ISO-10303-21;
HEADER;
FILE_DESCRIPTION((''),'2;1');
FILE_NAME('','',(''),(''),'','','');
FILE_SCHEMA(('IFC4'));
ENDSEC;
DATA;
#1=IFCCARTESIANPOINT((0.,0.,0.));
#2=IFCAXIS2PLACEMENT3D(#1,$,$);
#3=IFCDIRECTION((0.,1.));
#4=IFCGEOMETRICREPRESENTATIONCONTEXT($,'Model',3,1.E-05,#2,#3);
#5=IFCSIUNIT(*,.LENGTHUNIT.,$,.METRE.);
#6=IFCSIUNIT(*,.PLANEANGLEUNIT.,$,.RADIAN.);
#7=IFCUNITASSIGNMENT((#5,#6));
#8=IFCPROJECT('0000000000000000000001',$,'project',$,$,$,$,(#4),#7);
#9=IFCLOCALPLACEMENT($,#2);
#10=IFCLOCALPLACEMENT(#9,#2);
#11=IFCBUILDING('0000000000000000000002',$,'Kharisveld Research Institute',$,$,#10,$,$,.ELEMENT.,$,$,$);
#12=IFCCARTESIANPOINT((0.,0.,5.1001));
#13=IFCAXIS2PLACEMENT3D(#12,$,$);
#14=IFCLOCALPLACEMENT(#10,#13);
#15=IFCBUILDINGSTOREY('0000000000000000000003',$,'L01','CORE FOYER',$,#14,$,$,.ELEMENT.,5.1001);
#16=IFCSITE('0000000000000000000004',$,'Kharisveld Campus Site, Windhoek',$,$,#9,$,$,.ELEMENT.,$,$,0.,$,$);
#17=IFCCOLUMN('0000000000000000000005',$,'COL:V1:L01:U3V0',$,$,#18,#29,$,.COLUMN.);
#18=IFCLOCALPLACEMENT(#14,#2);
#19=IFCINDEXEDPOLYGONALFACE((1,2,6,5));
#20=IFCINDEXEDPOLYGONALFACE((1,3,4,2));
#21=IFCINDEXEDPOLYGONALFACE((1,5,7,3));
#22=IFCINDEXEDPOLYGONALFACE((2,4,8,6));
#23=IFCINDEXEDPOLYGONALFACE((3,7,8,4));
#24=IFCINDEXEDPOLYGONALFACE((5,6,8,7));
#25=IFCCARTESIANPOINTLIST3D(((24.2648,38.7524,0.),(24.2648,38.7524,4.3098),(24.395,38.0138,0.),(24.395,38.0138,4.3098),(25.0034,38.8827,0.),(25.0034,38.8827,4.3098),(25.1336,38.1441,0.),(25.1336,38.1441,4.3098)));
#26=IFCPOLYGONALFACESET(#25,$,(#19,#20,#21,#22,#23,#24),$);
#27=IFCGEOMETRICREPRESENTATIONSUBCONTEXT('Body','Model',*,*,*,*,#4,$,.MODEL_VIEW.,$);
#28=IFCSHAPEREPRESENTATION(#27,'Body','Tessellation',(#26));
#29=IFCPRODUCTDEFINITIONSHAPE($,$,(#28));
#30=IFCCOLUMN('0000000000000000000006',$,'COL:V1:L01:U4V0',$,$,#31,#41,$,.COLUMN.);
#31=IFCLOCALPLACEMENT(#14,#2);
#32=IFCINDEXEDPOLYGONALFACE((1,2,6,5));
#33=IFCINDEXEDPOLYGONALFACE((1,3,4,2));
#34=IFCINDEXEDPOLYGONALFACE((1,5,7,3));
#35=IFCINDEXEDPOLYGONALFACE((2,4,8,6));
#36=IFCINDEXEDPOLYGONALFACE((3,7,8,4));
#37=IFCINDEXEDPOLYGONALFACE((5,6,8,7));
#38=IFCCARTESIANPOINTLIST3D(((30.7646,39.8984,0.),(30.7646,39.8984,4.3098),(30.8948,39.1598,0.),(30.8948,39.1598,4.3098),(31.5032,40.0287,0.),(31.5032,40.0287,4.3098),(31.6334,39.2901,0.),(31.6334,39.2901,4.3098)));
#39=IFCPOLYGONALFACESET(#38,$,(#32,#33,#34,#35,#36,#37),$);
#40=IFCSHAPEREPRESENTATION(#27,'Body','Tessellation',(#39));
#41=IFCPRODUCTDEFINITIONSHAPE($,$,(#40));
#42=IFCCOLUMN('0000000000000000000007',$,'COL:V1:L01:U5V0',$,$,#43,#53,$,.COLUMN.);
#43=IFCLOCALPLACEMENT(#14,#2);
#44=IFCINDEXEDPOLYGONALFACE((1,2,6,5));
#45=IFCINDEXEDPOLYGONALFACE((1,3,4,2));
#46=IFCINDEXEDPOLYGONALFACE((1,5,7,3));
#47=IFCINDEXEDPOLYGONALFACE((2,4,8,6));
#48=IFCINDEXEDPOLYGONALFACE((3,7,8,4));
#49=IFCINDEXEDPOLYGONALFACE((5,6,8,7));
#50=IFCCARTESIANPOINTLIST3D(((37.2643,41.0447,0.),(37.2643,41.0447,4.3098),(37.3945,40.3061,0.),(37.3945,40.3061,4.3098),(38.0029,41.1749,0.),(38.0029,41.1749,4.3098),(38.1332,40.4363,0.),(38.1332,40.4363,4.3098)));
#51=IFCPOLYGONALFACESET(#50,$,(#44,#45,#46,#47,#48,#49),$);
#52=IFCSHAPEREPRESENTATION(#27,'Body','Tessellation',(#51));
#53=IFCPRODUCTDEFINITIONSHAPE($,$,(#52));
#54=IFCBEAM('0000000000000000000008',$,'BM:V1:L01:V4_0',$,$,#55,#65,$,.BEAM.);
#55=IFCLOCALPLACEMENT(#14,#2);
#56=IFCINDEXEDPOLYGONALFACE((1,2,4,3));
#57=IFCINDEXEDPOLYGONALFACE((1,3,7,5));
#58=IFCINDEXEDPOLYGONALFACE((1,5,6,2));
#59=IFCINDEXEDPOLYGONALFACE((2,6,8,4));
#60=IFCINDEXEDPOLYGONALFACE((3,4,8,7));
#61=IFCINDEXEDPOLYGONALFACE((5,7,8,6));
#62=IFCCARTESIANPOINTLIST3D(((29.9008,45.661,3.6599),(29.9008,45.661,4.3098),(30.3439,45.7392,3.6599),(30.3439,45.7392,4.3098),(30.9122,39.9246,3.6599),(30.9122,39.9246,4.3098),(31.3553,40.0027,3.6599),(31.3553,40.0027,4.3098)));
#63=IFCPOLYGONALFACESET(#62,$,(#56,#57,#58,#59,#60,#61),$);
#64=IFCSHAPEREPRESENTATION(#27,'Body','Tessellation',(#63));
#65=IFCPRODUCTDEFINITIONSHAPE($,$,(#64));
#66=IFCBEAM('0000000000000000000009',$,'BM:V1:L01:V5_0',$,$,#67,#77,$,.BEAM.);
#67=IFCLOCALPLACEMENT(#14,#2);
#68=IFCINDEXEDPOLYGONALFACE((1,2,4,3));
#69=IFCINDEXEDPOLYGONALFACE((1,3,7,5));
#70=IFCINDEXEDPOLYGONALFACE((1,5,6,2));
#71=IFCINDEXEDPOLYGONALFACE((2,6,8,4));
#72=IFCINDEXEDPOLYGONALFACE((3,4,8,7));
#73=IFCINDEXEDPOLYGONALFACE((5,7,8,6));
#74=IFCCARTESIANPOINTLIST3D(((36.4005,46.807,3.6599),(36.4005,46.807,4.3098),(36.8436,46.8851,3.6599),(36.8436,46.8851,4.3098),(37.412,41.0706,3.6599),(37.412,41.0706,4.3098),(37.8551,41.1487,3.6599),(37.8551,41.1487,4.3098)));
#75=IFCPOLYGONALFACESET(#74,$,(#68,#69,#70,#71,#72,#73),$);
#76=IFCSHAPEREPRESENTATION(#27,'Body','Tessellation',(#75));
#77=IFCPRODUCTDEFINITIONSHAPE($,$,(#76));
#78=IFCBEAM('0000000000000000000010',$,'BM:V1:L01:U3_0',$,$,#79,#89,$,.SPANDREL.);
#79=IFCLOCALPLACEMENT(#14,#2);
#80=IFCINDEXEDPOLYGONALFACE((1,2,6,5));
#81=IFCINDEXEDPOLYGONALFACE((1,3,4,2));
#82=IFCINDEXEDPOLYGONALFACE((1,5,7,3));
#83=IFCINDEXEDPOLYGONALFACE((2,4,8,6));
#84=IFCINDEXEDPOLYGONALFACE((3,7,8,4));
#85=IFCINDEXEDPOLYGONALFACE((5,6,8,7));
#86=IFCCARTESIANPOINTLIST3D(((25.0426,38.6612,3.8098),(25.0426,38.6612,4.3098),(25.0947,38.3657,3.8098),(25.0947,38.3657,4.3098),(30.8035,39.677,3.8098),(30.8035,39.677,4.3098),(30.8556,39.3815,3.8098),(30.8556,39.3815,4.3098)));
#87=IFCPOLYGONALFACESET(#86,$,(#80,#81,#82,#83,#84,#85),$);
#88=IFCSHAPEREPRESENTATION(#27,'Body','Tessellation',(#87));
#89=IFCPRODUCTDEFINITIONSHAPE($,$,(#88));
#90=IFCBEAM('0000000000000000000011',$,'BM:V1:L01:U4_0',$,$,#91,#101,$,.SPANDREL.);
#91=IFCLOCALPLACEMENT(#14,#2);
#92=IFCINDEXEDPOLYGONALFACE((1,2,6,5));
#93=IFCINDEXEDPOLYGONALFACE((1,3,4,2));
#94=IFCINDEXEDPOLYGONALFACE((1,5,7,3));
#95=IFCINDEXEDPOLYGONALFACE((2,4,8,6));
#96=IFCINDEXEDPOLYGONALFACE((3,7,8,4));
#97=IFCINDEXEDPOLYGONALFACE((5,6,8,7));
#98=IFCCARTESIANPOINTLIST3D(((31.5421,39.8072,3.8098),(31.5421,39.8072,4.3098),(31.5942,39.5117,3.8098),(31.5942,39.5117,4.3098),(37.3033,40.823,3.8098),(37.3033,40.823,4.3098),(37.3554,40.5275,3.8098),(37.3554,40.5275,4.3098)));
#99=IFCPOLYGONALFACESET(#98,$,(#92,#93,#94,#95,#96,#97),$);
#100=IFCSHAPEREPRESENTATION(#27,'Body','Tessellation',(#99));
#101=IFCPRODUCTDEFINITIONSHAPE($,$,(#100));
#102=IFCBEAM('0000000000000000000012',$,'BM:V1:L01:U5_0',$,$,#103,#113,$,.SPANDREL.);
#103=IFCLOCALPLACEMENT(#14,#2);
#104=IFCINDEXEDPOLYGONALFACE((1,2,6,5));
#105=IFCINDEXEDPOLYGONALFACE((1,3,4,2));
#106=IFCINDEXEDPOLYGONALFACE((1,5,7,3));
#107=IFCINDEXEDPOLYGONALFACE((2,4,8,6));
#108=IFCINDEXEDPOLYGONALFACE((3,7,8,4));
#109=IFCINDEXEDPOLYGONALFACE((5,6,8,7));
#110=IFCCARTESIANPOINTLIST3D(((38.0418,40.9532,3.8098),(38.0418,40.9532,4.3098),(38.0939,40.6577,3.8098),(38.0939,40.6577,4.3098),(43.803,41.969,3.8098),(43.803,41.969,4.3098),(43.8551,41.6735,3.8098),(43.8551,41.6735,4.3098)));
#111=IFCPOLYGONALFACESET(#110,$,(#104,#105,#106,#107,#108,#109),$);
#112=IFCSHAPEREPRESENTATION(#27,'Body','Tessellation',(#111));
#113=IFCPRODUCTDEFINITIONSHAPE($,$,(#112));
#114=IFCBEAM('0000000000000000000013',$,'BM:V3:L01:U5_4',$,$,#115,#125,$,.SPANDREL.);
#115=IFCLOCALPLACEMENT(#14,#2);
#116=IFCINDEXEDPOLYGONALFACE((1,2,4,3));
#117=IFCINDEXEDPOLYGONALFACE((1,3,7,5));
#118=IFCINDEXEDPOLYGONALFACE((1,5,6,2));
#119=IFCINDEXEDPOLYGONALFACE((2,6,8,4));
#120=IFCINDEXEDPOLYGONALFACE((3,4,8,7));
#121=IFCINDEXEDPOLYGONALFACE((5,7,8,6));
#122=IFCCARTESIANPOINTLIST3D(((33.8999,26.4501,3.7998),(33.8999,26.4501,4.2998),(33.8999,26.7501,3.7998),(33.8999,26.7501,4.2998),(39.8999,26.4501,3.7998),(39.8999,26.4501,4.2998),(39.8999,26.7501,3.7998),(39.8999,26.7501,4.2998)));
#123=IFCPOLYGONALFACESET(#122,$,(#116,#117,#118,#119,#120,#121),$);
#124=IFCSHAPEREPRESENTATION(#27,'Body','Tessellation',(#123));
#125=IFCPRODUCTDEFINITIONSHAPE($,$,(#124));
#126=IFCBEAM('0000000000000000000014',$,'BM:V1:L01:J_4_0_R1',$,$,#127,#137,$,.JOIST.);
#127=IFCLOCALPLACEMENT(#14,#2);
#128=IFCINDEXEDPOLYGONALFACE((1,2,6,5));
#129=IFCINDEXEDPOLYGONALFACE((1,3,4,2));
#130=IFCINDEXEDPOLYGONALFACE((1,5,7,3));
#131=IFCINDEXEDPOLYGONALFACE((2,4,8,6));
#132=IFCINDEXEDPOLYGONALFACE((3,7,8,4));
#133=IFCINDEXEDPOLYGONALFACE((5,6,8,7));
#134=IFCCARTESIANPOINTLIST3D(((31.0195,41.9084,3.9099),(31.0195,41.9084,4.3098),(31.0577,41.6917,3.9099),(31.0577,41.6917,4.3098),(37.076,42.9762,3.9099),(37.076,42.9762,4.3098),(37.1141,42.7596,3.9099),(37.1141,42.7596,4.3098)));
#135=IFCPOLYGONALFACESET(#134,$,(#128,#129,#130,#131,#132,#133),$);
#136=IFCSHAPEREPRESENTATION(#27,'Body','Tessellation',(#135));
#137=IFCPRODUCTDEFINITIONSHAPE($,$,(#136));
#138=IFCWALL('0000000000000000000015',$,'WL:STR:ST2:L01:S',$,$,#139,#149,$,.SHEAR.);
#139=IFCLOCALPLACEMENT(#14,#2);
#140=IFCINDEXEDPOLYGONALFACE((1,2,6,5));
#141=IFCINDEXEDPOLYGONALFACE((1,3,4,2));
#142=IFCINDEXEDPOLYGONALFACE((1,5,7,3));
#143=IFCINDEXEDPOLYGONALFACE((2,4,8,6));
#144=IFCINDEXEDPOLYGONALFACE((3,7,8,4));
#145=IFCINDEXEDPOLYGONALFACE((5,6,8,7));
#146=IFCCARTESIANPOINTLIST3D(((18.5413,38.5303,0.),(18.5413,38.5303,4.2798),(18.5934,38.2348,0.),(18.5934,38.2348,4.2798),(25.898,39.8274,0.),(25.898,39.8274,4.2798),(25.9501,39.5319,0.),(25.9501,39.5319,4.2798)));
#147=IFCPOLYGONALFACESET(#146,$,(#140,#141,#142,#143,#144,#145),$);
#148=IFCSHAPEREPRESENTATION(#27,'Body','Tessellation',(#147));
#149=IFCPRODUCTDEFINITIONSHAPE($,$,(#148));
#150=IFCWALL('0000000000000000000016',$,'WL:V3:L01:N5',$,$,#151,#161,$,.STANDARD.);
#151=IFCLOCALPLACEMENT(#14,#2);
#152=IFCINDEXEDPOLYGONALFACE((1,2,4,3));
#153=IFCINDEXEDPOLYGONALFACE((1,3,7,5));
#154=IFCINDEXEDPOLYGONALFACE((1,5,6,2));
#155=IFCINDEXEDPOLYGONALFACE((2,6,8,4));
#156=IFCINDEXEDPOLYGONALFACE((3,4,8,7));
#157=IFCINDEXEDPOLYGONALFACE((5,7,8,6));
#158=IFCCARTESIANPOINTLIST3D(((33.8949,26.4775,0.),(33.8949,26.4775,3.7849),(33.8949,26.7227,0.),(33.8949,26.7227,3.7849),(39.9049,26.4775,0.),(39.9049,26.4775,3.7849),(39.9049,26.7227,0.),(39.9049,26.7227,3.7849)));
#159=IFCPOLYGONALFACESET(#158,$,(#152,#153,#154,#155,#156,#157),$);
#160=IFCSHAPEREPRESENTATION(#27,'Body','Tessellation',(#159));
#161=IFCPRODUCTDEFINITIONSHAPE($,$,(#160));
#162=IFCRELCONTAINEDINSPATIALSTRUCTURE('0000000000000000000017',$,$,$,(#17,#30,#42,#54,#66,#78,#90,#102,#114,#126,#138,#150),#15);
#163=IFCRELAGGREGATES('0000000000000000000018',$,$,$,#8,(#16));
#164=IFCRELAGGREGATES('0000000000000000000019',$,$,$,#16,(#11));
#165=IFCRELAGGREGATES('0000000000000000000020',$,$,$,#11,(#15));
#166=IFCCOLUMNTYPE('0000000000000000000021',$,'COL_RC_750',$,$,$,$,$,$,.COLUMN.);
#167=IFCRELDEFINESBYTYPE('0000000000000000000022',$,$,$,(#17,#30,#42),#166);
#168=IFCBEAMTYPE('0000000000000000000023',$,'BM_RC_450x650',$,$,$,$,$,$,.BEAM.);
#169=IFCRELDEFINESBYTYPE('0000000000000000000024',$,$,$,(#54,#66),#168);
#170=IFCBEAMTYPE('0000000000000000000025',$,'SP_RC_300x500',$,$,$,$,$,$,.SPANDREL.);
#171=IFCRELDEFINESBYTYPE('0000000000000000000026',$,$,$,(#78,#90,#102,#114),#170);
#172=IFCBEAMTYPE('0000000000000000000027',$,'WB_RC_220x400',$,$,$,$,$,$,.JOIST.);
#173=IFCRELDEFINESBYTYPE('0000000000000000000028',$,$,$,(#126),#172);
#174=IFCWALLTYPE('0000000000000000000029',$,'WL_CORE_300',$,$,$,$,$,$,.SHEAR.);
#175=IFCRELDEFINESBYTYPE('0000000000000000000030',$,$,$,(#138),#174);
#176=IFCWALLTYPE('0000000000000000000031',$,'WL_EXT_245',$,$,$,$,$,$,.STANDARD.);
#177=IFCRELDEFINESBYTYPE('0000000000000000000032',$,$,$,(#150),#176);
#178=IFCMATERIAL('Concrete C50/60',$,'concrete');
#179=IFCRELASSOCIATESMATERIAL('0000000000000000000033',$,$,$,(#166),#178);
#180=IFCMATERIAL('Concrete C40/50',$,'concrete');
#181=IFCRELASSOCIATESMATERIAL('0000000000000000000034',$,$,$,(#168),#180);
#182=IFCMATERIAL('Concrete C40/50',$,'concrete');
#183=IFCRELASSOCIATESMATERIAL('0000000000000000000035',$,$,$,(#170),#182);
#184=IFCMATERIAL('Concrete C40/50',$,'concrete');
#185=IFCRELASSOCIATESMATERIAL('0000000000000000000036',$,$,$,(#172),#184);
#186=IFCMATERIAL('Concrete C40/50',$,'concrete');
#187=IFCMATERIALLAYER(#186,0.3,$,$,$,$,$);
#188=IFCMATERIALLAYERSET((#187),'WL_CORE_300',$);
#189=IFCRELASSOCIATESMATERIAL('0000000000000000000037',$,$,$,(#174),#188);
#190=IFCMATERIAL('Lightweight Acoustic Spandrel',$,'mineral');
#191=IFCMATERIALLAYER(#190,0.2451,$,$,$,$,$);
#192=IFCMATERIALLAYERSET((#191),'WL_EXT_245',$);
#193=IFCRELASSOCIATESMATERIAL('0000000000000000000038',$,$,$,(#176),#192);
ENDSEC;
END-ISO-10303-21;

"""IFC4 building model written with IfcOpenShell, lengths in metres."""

from ifc_helpers import new_model, si_unit, direction, frame, frame_2d, origin, origin_2d, place, context, subcontext, project, spatial, rectangle, extrude, material, layer, layer_set, material_profile, profile_set, type_object, element, save


model = new_model("IFC4")

# Units and contexts
model_context = context("Model", 3, precision=1e-05, world=origin(), true_north=direction((0.0, 1.0)))
body_context = subcontext(model_context, "Body", "Model", "MODEL_VIEW")
ifc_project = project(units=[si_unit("LENGTHUNIT", "METRE"), si_unit("PLANEANGLEUNIT", "RADIAN")], contexts=[model_context])

# Site, building, storey
site_placement = place(None, origin())
site = spatial("IfcSite", under=ifc_project, at=site_placement, Name="Kharisveld Campus Site, Windhoek", CompositionType="ELEMENT", RefElevation=0.0)
building_placement = place(site_placement, origin())
building = spatial("IfcBuilding", under=site, at=building_placement, Name="Kharisveld Research Institute", CompositionType="ELEMENT")
storey_placement = place(building_placement, frame((0.0, 0.0, 5.1001)))
storey = spatial("IfcBuildingStorey", under=building, at=storey_placement, Name="L01", Description="CORE FOYER", CompositionType="ELEMENT", Elevation=5.1001)

# Columns
ifc_material_1 = material(Name="Concrete C50/60", Category="concrete")
ifc_material_profile_1 = material_profile(ifc_material_1, rectangle(XDim=0.75, YDim=0.75, at=origin_2d()))
ifc_profile_set_1 = profile_set([ifc_material_profile_1], Name="Concrete C50/60")
column_type = type_object("IfcColumnType", Name="COL_RC_750", PredefinedType="COLUMN", material=ifc_profile_set_1)
for number, where, z_axis, x_axis, name in (
    (1, (24.6992, 38.4482, 0.0), (0.0, 0.0, 1.0), (0.984808, 0.173648, 0.0), "COL:V1:L01:U3V0"),
    (2, (31.199, 39.5942, 0.0), (0.0, 0.0, 1.0), (0.984808, 0.173648, 0.0), "COL:V1:L01:U4V0"),
    (3, (37.6987, 40.7405, 0.0), (0.0, 0.0, 1.0), (0.984808, 0.173648, 0.0), "COL:V1:L01:U5V0"),
):
    element("IfcColumn", number, at=place(storey_placement, frame(where, z_axis=z_axis, x_axis=x_axis)), inside=storey, type_object=column_type, Name=name, PredefinedType="COLUMN", context=body_context, shape_type="SweptSolid", body=[
        extrude(rectangle(XDim=0.75, YDim=0.75, at=origin_2d()), origin(), (0.0, 0.0, 1.0), 4.3098),
    ])

# Beams
ifc_material_2 = material(Name="Concrete C40/50", Category="concrete")
ifc_material_profile_2 = material_profile(ifc_material_2, rectangle(XDim=0.45, YDim=0.6499, at=origin_2d()))
ifc_profile_set_2 = profile_set([ifc_material_profile_2], Name="Concrete C40/50")
beam_type_1 = type_object("IfcBeamType", Name="BM_RC_450x650", PredefinedType="BEAM", material=ifc_profile_set_2)
for number, where, z_axis, x_axis, name in (
    (4, (31.1338, 39.9636, 3.9849), (-0.173642, 0.984809, 0.0), (-0.984809, -0.173642, 0.0), "BM:V1:L01:V4_0"),
    (5, (37.6335, 41.1096, 3.9849), (-0.173642, 0.984809, 0.0), (-0.984809, -0.173642, 0.0), "BM:V1:L01:V5_0"),
):
    element("IfcBeam", number, at=place(storey_placement, frame(where, z_axis=z_axis, x_axis=x_axis)), inside=storey, type_object=beam_type_1, Name=name, PredefinedType="BEAM", context=body_context, shape_type="SweptSolid", body=[
        extrude(rectangle(XDim=0.45, YDim=0.6499, at=origin_2d()), origin(), (0.0, 0.0, 1.0), 5.825),
    ])
ifc_material_3 = material(Name="Concrete C40/50", Category="concrete")
ifc_material_profile_3 = material_profile(ifc_material_3, rectangle(XDim=0.3, YDim=0.5, at=origin_2d()))
ifc_profile_set_3 = profile_set([ifc_material_profile_3], Name="Concrete C40/50")
beam_type_2 = type_object("IfcBeamType", Name="SP_RC_300x500", PredefinedType="SPANDREL", material=ifc_profile_set_3)
beam_1_placement = place(storey_placement, frame((25.0686, 38.5134, 4.0598), z_axis=(0.984806, 0.173657, 0.0), x_axis=(-0.173657, 0.984806, 0.0)))
element("IfcBeam", 6, at=beam_1_placement, inside=storey, type_object=beam_type_2, Name="BM:V1:L01:U3_0", PredefinedType="SPANDREL", context=body_context, shape_type="SweptSolid", body=[
    extrude(rectangle(XDim=0.3, YDim=0.5, at=origin_2d()), origin(), (0.0, 0.0, 1.0), 5.8499),
])
for number, where, z_axis, x_axis, name in (
    (7, (31.5681, 39.6594, 4.0598), (0.984807, 0.17365, 0.0), (-0.17365, 0.984807, 0.0), "BM:V1:L01:U4_0"),
    (8, (38.0679, 40.8054, 4.0598), (0.984807, 0.17365, 0.0), (-0.17365, 0.984807, 0.0), "BM:V1:L01:U5_0"),
):
    element("IfcBeam", number, at=place(storey_placement, frame(where, z_axis=z_axis, x_axis=x_axis)), inside=storey, type_object=beam_type_2, Name=name, PredefinedType="SPANDREL", context=body_context, shape_type="SweptSolid", body=[
        extrude(rectangle(XDim=0.3, YDim=0.5, at=origin_2d()), origin(), (0.0, 0.0, 1.0), 5.8501),
    ])
beam_2_placement = place(storey_placement, frame((33.8999, 26.6001, 4.0498), z_axis=(1.0, 0.0, 0.0), x_axis=(0.0, 1.0, 0.0)))
element("IfcBeam", 9, at=beam_2_placement, inside=storey, type_object=beam_type_2, Name="BM:V3:L01:U5_4", PredefinedType="SPANDREL", context=body_context, shape_type="SweptSolid", body=[
    extrude(rectangle(XDim=0.3, YDim=0.5, at=origin_2d()), origin(), (0.0, 0.0, 1.0), 6.0),
])
ifc_material_4 = material(Name="Concrete C40/50", Category="concrete")
ifc_material_profile_4 = material_profile(ifc_material_4, rectangle(XDim=0.22, YDim=0.3999, at=origin_2d()))
ifc_profile_set_4 = profile_set([ifc_material_profile_4], Name="Concrete C40/50")
beam_type_3 = type_object("IfcBeamType", Name="WB_RC_220x400", PredefinedType="JOIST", material=ifc_profile_set_4)
beam_3_placement = place(storey_placement, frame((31.0386, 41.8, 4.1099), z_axis=(0.984809, 0.173643, 0.0), x_axis=(-0.173643, 0.984809, 0.0)))
element("IfcBeam", 10, at=beam_3_placement, inside=storey, type_object=beam_type_3, Name="BM:V1:L01:J_4_0_R1", PredefinedType="JOIST", context=body_context, shape_type="SweptSolid", body=[
    extrude(rectangle(XDim=0.22, YDim=0.3999, at=origin_2d()), origin(), (0.0, 0.0, 1.0), 6.1499),
])

# Walls
ifc_material_5 = material(Name="Concrete C40/50", Category="concrete")
ifc_layer_1 = layer(ifc_material_5, 0.3)
ifc_layer_set_1 = layer_set([ifc_layer_1], Name="WL_CORE_300")
wall_type_1 = type_object("IfcWallType", Name="WL_CORE_300", PredefinedType="SHEAR", material=ifc_layer_set_1)
wall_1_placement = place(storey_placement, frame((25.9241, 39.6797, 0.0), z_axis=(0.0, 0.0, 1.0), x_axis=(-0.984809, -0.17364, 0.0)))
element("IfcWall", 11, at=wall_1_placement, inside=storey, type_object=wall_type_1, Name="WL:STR:ST2:L01:S", PredefinedType="SHEAR", context=body_context, shape_type="SweptSolid", body=[
    extrude(rectangle(XDim=7.4702, YDim=0.3, at=frame_2d((3.7351, 0.0))), origin(), (0.0, 0.0, 1.0), 4.2798),
])
ifc_material_6 = material(Name="Lightweight Acoustic Spandrel", Category="mineral")
ifc_layer_2 = layer(ifc_material_6, 0.2451)
ifc_layer_set_2 = layer_set([ifc_layer_2], Name="WL_EXT_245")
wall_type_2 = type_object("IfcWallType", Name="WL_EXT_245", PredefinedType="STANDARD", material=ifc_layer_set_2)
wall_2_placement = place(storey_placement, frame((33.895, 26.6001, 0.0), z_axis=(0.0, 0.0, 1.0), x_axis=(1.0, 0.0, 0.0)))
element("IfcWall", 12, at=wall_2_placement, inside=storey, type_object=wall_type_2, Name="WL:V3:L01:N5", PredefinedType="STANDARD", context=body_context, shape_type="SweptSolid", body=[
    extrude(rectangle(XDim=6.01, YDim=0.2451, at=frame_2d((3.0049, 0.0))), origin(), (0.0, 0.0, 1.0), 3.7849),
])

save(model, "model.ifc")
